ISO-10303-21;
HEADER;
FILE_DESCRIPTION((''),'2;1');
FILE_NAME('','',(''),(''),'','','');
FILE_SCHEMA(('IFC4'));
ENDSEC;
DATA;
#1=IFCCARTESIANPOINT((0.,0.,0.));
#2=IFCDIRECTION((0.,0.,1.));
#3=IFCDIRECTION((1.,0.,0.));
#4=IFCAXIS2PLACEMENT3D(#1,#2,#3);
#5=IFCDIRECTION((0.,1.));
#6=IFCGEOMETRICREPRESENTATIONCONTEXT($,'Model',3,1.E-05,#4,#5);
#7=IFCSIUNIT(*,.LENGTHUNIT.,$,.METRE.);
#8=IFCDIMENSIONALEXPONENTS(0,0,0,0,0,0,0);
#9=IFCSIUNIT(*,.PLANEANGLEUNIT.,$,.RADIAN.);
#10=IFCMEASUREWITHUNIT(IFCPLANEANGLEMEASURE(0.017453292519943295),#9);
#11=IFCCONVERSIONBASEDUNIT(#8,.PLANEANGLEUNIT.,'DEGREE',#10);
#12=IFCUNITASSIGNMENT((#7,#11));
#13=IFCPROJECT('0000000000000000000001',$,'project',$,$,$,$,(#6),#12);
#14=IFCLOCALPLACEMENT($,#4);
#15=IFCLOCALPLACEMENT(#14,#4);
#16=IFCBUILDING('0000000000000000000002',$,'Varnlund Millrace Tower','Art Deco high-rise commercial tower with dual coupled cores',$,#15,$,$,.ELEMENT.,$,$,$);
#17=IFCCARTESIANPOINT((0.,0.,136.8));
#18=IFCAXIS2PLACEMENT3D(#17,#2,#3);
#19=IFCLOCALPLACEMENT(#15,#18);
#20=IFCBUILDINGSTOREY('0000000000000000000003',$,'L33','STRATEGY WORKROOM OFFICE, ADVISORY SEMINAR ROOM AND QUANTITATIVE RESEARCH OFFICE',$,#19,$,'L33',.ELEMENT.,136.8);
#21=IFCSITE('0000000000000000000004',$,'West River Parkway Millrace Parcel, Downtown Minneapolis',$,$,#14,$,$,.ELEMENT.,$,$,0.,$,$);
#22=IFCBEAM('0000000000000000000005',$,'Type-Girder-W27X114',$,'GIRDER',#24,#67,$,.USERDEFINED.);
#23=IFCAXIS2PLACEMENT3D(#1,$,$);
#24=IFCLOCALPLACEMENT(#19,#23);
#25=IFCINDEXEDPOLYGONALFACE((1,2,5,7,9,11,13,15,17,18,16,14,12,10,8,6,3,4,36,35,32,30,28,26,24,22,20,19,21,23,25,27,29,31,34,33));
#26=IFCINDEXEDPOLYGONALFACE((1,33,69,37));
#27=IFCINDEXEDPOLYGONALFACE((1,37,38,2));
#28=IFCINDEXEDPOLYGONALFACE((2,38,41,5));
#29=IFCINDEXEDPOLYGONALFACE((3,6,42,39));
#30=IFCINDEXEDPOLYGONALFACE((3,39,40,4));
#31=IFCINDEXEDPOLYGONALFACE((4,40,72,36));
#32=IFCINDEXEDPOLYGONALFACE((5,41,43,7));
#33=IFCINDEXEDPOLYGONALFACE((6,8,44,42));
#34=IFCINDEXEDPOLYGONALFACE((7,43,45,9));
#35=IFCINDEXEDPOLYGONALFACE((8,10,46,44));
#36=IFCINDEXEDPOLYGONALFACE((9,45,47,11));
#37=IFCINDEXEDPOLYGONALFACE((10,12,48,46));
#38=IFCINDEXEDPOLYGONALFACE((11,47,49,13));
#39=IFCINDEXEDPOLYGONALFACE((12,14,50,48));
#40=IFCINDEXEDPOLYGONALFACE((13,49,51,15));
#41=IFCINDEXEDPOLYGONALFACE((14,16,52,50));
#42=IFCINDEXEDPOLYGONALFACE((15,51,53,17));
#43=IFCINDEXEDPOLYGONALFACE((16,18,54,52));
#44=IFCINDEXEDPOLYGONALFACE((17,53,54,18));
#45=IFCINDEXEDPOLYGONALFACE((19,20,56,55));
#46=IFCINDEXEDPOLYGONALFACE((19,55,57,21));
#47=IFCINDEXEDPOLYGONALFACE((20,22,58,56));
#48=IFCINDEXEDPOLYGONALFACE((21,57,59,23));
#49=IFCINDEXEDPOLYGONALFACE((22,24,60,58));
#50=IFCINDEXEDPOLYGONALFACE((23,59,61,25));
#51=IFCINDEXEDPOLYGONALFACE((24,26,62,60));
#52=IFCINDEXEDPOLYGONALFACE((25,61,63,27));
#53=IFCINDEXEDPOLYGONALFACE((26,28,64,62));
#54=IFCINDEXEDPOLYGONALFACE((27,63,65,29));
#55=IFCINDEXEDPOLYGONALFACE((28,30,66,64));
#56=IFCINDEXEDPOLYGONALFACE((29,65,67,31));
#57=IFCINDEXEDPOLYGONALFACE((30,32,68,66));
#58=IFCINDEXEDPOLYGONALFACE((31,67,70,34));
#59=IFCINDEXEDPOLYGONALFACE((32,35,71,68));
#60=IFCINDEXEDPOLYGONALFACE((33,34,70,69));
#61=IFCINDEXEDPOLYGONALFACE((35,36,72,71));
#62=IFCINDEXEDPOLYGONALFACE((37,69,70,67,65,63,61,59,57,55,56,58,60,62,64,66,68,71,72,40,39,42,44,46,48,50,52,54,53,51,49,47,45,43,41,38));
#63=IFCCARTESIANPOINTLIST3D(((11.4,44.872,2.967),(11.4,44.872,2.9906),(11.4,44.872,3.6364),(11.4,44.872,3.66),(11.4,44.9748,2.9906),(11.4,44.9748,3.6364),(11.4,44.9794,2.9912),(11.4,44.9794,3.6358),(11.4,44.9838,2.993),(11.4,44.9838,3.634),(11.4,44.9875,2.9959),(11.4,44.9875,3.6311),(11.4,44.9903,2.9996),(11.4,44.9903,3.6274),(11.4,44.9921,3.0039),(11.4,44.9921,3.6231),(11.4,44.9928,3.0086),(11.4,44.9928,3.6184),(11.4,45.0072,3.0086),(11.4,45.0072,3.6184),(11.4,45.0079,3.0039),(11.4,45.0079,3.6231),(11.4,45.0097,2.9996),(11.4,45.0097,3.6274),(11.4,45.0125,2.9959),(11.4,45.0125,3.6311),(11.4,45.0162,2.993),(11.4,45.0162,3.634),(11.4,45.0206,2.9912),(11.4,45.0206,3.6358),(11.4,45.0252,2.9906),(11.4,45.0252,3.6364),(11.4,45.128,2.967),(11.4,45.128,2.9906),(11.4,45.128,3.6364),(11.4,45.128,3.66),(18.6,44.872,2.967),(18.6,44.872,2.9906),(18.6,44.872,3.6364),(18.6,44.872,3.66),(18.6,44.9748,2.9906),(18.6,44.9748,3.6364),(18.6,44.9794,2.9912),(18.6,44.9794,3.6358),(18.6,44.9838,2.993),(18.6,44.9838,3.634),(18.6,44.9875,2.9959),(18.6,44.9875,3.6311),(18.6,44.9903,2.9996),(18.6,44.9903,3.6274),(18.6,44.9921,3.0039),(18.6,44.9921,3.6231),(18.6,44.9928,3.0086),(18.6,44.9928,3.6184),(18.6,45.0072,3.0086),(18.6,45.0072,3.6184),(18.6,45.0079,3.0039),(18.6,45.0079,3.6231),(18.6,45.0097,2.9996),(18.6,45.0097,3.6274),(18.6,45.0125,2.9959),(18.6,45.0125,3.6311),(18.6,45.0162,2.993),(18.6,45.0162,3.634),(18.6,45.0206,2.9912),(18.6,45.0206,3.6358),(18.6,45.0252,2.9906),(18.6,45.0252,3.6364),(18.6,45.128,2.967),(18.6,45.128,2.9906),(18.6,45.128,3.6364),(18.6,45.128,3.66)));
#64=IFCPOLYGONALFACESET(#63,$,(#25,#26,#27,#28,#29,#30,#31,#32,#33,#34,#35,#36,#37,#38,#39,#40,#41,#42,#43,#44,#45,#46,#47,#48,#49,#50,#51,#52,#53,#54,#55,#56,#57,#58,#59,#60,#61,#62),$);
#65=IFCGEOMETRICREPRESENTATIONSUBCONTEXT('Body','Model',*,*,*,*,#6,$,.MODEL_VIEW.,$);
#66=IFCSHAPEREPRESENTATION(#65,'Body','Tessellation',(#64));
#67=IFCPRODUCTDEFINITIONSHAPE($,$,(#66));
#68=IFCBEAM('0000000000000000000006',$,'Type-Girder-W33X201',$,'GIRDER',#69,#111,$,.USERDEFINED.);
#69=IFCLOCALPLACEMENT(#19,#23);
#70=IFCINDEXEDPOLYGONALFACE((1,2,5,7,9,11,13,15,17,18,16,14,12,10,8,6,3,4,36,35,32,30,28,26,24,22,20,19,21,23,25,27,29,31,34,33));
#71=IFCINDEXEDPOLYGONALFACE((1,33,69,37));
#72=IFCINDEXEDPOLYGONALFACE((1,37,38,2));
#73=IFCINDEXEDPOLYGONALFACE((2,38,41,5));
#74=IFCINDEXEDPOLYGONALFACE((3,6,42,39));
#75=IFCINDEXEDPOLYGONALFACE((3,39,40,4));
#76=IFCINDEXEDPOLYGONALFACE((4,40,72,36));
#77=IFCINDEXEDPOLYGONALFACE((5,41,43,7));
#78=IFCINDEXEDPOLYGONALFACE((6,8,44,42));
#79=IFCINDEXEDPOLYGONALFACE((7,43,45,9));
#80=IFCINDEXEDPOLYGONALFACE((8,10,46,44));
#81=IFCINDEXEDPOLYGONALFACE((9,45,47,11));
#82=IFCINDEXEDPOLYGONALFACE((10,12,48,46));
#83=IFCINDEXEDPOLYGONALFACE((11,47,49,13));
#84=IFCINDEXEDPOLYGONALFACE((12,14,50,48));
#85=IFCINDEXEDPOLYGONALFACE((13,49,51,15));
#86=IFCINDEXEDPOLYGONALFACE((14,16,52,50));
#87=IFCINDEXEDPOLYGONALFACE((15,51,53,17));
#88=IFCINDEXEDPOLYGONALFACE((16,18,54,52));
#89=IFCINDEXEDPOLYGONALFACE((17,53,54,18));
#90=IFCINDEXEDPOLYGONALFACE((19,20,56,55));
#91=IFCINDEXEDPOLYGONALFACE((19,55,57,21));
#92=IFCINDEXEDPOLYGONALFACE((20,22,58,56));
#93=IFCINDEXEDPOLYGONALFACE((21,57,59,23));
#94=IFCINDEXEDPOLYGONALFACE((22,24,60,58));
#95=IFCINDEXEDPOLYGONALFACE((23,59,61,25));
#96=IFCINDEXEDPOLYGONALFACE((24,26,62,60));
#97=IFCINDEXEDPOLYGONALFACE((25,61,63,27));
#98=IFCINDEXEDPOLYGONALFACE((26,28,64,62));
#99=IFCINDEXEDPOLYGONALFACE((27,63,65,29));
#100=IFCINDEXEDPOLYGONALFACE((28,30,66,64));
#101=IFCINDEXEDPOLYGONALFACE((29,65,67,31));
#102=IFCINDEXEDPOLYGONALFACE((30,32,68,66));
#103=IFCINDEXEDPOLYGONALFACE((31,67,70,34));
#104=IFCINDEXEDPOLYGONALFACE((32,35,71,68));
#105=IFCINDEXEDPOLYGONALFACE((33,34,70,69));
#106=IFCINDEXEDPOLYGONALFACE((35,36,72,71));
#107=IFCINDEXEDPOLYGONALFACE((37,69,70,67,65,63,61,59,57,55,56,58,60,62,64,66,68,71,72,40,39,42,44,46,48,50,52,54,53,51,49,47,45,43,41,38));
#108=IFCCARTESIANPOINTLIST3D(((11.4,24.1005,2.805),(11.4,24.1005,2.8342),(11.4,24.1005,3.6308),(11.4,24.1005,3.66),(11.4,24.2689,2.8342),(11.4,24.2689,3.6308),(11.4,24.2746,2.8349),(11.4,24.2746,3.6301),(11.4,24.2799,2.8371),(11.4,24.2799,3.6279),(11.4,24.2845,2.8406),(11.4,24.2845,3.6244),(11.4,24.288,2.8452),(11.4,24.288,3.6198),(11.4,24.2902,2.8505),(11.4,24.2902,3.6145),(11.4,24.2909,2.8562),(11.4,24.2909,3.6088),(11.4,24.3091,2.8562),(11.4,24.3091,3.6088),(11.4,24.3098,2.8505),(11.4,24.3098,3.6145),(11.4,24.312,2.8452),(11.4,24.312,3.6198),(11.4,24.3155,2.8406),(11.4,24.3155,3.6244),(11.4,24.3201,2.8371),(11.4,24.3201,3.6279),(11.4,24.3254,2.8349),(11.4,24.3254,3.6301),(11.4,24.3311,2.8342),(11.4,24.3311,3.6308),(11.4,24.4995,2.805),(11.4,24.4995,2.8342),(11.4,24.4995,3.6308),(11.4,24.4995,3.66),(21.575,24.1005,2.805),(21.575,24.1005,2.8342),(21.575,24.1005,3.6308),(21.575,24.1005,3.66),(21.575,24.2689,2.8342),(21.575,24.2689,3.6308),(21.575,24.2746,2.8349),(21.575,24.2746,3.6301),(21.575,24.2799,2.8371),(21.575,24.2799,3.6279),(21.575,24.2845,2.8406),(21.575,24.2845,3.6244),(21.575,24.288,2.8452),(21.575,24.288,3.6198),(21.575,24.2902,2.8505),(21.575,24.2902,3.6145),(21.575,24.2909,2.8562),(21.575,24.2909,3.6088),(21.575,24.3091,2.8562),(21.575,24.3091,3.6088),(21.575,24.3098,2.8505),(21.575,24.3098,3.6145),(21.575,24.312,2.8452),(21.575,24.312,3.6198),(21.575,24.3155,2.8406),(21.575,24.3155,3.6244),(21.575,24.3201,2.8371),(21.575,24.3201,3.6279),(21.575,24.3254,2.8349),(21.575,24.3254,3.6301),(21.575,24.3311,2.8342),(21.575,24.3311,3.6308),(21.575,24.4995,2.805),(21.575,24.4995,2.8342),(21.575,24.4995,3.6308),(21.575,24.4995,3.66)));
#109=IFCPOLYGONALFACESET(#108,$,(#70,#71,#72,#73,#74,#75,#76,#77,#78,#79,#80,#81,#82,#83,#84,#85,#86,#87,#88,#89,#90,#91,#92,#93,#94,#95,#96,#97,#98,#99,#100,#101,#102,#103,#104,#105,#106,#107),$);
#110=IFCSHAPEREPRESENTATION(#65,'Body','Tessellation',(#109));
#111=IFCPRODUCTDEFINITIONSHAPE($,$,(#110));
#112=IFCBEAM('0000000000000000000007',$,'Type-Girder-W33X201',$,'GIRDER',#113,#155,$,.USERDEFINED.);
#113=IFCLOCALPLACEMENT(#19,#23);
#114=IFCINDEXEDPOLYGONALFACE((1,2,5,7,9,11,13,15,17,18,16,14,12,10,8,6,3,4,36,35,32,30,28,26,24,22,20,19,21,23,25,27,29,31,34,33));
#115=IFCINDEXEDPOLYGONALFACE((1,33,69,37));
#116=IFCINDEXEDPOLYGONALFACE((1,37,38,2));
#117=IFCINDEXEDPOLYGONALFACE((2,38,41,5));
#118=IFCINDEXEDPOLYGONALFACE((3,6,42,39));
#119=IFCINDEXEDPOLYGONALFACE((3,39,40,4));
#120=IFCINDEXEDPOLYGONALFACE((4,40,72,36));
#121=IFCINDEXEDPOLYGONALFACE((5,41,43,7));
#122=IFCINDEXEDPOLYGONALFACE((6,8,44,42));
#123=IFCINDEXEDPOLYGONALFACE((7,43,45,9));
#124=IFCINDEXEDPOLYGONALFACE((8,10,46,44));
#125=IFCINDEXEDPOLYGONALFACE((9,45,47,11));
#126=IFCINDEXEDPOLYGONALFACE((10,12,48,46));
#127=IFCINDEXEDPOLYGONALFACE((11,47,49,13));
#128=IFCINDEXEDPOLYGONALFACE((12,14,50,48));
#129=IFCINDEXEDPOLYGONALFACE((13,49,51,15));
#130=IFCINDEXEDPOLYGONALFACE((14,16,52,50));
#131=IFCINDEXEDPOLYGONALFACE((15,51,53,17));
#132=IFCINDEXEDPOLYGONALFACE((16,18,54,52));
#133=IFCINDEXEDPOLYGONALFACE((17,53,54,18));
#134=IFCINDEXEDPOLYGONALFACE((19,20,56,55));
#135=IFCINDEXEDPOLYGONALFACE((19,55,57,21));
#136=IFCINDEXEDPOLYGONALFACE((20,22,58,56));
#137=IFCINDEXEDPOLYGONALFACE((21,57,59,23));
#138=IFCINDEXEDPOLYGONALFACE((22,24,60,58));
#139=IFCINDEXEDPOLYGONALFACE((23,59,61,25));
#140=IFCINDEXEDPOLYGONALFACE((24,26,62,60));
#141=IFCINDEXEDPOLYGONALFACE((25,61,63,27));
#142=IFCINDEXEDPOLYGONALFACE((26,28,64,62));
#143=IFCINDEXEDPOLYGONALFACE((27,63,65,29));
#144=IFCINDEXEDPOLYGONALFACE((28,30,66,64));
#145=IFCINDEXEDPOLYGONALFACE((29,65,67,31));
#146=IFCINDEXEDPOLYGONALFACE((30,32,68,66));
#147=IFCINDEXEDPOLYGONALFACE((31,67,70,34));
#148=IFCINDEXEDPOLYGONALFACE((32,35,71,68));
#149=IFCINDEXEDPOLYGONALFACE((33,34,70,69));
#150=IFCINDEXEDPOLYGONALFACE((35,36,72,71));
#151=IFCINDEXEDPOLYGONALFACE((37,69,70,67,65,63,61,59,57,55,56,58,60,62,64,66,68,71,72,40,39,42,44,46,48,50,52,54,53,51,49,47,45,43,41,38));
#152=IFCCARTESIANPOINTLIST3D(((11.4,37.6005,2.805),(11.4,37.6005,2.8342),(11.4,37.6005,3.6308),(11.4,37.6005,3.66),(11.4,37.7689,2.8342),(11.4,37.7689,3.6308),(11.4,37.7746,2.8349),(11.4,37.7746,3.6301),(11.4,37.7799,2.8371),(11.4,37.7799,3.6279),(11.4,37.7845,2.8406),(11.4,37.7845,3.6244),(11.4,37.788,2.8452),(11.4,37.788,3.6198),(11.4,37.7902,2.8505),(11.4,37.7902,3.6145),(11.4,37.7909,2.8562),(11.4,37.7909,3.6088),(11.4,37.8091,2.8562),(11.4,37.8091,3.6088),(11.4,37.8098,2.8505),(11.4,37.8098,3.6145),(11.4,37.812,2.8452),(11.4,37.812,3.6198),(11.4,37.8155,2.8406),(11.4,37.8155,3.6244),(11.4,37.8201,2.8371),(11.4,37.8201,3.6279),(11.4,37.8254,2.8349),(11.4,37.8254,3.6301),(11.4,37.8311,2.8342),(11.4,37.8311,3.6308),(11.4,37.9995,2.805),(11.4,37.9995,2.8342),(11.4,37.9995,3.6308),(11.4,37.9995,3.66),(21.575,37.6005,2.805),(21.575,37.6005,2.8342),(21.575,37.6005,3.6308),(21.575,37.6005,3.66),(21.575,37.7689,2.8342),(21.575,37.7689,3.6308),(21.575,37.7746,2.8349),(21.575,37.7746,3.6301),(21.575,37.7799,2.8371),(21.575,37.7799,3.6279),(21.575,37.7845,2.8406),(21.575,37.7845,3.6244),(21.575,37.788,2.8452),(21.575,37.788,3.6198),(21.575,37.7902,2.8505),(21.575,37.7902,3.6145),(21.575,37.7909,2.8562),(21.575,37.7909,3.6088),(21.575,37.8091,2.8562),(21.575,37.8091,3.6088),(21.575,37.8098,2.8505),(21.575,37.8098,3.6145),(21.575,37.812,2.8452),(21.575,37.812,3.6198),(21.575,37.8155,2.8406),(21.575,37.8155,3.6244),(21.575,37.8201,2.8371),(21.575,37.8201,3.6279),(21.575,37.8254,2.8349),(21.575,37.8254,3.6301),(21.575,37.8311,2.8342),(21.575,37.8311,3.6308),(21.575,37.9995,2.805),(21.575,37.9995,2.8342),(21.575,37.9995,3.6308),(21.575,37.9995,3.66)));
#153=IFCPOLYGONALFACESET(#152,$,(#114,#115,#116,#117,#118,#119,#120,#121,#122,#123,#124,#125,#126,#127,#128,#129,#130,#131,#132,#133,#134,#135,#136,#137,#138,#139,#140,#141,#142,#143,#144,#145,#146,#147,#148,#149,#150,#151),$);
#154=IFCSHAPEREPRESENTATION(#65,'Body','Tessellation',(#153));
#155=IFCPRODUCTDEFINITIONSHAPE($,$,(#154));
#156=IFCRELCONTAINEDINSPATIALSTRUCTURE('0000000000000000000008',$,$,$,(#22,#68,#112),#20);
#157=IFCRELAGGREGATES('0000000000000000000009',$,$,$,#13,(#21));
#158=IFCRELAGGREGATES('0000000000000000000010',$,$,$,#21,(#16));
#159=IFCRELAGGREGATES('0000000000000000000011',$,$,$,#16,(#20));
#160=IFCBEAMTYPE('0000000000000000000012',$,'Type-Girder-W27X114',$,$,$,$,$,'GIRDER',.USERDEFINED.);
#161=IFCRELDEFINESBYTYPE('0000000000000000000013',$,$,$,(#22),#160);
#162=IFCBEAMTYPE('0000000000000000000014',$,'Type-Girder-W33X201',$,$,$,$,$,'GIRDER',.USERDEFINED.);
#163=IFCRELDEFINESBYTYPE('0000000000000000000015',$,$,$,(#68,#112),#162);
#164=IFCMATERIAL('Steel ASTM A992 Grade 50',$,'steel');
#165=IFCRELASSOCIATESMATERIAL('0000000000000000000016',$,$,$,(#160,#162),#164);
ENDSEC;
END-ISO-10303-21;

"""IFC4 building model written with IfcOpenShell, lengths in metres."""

from ifc_helpers import new_model, entity, si_unit, converted_unit, direction, frame, origin_with_axes, origin_2d_with_axis, place, context, subcontext, project, spatial, i_section, extrude, material, material_profile, profile_set, type_object, element, save


model = new_model("IFC4")

# Units and contexts
model_context = context("Model", 3, precision=1e-05, world=origin_with_axes(), true_north=direction((0.0, 1.0)))
body_context = subcontext(model_context, "Body", "Model", "MODEL_VIEW")
ifc_project = project(units=[si_unit("LENGTHUNIT", "METRE"), converted_unit("PLANEANGLEUNIT", "DEGREE", entity("IfcPlaneAngleMeasure", 0.017453292519943295), si_unit("PLANEANGLEUNIT", "RADIAN"), dimensions=[0, 0, 0, 0, 0, 0, 0])], contexts=[model_context])

# Site, building, storey
site_placement = place(None, origin_with_axes())
site = spatial("IfcSite", under=ifc_project, at=site_placement, Name="West River Parkway Millrace Parcel, Downtown Minneapolis", CompositionType="ELEMENT", RefElevation=0.0)
building_placement = place(site_placement, origin_with_axes())
building = spatial("IfcBuilding", under=site, at=building_placement, Name="Varnlund Millrace Tower", Description="Art Deco high-rise commercial tower with dual coupled cores", CompositionType="ELEMENT")
storey_placement = place(building_placement, frame((0.0, 0.0, 136.8), z_axis=(0.0, 0.0, 1.0), x_axis=(1.0, 0.0, 0.0)))
storey = spatial("IfcBuildingStorey", under=building, at=storey_placement, Name="L33", Description="STRATEGY WORKROOM OFFICE, ADVISORY SEMINAR ROOM AND QUANTITATIVE RESEARCH OFFICE", LongName="L33", CompositionType="ELEMENT", Elevation=136.8)

# Beams
ifc_material_1 = material(Name="Steel ASTM A992 Grade 50", Category="steel")
ifc_material_profile_1 = material_profile(ifc_material_1, i_section(OverallWidth=0.256, OverallDepth=0.693, WebThickness=0.0145, FlangeThickness=0.0236, FilletRadius=0.018, at=origin_2d_with_axis()), Name="Steel ASTM A992 Grade 50")
ifc_profile_set_1 = profile_set([ifc_material_profile_1], Name="Steel ASTM A992 Grade 50")
beam_type_1 = type_object("IfcBeamType", Name="Type-Girder-W27X114", ElementType="GIRDER", PredefinedType="USERDEFINED", material=ifc_profile_set_1)
beam_1_placement = place(storey_placement, frame((11.4, 45.0, 3.3135), z_axis=(1.0, 0.0, 0.0), x_axis=(0.0, 1.0, 0.0)))
element("IfcBeam", 1, at=beam_1_placement, inside=storey, type_object=beam_type_1, Name="Type-Girder-W27X114", ObjectType="GIRDER", PredefinedType="USERDEFINED", context=body_context, shape_type="SweptSolid", body=[
    extrude(i_section(OverallWidth=0.256, OverallDepth=0.693, WebThickness=0.0145, FlangeThickness=0.0236, FilletRadius=0.018, at=origin_2d_with_axis()), origin_with_axes(), (0.0, 0.0, 1.0), 7.2),
])
ifc_material_profile_2 = material_profile(ifc_material_1, i_section(OverallWidth=0.399, OverallDepth=0.855, WebThickness=0.0182, FlangeThickness=0.0292, FilletRadius=0.022, at=origin_2d_with_axis()), Name="Steel ASTM A992 Grade 50")
ifc_profile_set_2 = profile_set([ifc_material_profile_2], Name="Steel ASTM A992 Grade 50")
beam_type_2 = type_object("IfcBeamType", Name="Type-Girder-W33X201", ElementType="GIRDER", PredefinedType="USERDEFINED", material=ifc_profile_set_2)
for number, where, z_axis, x_axis, name in (
    (2, (11.4, 24.3, 3.2325), (1.0, 0.0, 0.0), (0.0, 1.0, 0.0), "Type-Girder-W33X201"),
    (3, (11.4, 37.8, 3.2325), (1.0, 0.0, 0.0), (0.0, 1.0, 0.0), "Type-Girder-W33X201"),
):
    element("IfcBeam", number, at=place(storey_placement, frame(where, z_axis=z_axis, x_axis=x_axis)), inside=storey, type_object=beam_type_2, Name=name, ObjectType="GIRDER", PredefinedType="USERDEFINED", context=body_context, shape_type="SweptSolid", body=[
        extrude(i_section(OverallWidth=0.399, OverallDepth=0.855, WebThickness=0.0182, FlangeThickness=0.0292, FilletRadius=0.022, at=origin_2d_with_axis()), origin_with_axes(), (0.0, 0.0, 1.0), 10.175),
    ])

save(model, "model.ifc")
